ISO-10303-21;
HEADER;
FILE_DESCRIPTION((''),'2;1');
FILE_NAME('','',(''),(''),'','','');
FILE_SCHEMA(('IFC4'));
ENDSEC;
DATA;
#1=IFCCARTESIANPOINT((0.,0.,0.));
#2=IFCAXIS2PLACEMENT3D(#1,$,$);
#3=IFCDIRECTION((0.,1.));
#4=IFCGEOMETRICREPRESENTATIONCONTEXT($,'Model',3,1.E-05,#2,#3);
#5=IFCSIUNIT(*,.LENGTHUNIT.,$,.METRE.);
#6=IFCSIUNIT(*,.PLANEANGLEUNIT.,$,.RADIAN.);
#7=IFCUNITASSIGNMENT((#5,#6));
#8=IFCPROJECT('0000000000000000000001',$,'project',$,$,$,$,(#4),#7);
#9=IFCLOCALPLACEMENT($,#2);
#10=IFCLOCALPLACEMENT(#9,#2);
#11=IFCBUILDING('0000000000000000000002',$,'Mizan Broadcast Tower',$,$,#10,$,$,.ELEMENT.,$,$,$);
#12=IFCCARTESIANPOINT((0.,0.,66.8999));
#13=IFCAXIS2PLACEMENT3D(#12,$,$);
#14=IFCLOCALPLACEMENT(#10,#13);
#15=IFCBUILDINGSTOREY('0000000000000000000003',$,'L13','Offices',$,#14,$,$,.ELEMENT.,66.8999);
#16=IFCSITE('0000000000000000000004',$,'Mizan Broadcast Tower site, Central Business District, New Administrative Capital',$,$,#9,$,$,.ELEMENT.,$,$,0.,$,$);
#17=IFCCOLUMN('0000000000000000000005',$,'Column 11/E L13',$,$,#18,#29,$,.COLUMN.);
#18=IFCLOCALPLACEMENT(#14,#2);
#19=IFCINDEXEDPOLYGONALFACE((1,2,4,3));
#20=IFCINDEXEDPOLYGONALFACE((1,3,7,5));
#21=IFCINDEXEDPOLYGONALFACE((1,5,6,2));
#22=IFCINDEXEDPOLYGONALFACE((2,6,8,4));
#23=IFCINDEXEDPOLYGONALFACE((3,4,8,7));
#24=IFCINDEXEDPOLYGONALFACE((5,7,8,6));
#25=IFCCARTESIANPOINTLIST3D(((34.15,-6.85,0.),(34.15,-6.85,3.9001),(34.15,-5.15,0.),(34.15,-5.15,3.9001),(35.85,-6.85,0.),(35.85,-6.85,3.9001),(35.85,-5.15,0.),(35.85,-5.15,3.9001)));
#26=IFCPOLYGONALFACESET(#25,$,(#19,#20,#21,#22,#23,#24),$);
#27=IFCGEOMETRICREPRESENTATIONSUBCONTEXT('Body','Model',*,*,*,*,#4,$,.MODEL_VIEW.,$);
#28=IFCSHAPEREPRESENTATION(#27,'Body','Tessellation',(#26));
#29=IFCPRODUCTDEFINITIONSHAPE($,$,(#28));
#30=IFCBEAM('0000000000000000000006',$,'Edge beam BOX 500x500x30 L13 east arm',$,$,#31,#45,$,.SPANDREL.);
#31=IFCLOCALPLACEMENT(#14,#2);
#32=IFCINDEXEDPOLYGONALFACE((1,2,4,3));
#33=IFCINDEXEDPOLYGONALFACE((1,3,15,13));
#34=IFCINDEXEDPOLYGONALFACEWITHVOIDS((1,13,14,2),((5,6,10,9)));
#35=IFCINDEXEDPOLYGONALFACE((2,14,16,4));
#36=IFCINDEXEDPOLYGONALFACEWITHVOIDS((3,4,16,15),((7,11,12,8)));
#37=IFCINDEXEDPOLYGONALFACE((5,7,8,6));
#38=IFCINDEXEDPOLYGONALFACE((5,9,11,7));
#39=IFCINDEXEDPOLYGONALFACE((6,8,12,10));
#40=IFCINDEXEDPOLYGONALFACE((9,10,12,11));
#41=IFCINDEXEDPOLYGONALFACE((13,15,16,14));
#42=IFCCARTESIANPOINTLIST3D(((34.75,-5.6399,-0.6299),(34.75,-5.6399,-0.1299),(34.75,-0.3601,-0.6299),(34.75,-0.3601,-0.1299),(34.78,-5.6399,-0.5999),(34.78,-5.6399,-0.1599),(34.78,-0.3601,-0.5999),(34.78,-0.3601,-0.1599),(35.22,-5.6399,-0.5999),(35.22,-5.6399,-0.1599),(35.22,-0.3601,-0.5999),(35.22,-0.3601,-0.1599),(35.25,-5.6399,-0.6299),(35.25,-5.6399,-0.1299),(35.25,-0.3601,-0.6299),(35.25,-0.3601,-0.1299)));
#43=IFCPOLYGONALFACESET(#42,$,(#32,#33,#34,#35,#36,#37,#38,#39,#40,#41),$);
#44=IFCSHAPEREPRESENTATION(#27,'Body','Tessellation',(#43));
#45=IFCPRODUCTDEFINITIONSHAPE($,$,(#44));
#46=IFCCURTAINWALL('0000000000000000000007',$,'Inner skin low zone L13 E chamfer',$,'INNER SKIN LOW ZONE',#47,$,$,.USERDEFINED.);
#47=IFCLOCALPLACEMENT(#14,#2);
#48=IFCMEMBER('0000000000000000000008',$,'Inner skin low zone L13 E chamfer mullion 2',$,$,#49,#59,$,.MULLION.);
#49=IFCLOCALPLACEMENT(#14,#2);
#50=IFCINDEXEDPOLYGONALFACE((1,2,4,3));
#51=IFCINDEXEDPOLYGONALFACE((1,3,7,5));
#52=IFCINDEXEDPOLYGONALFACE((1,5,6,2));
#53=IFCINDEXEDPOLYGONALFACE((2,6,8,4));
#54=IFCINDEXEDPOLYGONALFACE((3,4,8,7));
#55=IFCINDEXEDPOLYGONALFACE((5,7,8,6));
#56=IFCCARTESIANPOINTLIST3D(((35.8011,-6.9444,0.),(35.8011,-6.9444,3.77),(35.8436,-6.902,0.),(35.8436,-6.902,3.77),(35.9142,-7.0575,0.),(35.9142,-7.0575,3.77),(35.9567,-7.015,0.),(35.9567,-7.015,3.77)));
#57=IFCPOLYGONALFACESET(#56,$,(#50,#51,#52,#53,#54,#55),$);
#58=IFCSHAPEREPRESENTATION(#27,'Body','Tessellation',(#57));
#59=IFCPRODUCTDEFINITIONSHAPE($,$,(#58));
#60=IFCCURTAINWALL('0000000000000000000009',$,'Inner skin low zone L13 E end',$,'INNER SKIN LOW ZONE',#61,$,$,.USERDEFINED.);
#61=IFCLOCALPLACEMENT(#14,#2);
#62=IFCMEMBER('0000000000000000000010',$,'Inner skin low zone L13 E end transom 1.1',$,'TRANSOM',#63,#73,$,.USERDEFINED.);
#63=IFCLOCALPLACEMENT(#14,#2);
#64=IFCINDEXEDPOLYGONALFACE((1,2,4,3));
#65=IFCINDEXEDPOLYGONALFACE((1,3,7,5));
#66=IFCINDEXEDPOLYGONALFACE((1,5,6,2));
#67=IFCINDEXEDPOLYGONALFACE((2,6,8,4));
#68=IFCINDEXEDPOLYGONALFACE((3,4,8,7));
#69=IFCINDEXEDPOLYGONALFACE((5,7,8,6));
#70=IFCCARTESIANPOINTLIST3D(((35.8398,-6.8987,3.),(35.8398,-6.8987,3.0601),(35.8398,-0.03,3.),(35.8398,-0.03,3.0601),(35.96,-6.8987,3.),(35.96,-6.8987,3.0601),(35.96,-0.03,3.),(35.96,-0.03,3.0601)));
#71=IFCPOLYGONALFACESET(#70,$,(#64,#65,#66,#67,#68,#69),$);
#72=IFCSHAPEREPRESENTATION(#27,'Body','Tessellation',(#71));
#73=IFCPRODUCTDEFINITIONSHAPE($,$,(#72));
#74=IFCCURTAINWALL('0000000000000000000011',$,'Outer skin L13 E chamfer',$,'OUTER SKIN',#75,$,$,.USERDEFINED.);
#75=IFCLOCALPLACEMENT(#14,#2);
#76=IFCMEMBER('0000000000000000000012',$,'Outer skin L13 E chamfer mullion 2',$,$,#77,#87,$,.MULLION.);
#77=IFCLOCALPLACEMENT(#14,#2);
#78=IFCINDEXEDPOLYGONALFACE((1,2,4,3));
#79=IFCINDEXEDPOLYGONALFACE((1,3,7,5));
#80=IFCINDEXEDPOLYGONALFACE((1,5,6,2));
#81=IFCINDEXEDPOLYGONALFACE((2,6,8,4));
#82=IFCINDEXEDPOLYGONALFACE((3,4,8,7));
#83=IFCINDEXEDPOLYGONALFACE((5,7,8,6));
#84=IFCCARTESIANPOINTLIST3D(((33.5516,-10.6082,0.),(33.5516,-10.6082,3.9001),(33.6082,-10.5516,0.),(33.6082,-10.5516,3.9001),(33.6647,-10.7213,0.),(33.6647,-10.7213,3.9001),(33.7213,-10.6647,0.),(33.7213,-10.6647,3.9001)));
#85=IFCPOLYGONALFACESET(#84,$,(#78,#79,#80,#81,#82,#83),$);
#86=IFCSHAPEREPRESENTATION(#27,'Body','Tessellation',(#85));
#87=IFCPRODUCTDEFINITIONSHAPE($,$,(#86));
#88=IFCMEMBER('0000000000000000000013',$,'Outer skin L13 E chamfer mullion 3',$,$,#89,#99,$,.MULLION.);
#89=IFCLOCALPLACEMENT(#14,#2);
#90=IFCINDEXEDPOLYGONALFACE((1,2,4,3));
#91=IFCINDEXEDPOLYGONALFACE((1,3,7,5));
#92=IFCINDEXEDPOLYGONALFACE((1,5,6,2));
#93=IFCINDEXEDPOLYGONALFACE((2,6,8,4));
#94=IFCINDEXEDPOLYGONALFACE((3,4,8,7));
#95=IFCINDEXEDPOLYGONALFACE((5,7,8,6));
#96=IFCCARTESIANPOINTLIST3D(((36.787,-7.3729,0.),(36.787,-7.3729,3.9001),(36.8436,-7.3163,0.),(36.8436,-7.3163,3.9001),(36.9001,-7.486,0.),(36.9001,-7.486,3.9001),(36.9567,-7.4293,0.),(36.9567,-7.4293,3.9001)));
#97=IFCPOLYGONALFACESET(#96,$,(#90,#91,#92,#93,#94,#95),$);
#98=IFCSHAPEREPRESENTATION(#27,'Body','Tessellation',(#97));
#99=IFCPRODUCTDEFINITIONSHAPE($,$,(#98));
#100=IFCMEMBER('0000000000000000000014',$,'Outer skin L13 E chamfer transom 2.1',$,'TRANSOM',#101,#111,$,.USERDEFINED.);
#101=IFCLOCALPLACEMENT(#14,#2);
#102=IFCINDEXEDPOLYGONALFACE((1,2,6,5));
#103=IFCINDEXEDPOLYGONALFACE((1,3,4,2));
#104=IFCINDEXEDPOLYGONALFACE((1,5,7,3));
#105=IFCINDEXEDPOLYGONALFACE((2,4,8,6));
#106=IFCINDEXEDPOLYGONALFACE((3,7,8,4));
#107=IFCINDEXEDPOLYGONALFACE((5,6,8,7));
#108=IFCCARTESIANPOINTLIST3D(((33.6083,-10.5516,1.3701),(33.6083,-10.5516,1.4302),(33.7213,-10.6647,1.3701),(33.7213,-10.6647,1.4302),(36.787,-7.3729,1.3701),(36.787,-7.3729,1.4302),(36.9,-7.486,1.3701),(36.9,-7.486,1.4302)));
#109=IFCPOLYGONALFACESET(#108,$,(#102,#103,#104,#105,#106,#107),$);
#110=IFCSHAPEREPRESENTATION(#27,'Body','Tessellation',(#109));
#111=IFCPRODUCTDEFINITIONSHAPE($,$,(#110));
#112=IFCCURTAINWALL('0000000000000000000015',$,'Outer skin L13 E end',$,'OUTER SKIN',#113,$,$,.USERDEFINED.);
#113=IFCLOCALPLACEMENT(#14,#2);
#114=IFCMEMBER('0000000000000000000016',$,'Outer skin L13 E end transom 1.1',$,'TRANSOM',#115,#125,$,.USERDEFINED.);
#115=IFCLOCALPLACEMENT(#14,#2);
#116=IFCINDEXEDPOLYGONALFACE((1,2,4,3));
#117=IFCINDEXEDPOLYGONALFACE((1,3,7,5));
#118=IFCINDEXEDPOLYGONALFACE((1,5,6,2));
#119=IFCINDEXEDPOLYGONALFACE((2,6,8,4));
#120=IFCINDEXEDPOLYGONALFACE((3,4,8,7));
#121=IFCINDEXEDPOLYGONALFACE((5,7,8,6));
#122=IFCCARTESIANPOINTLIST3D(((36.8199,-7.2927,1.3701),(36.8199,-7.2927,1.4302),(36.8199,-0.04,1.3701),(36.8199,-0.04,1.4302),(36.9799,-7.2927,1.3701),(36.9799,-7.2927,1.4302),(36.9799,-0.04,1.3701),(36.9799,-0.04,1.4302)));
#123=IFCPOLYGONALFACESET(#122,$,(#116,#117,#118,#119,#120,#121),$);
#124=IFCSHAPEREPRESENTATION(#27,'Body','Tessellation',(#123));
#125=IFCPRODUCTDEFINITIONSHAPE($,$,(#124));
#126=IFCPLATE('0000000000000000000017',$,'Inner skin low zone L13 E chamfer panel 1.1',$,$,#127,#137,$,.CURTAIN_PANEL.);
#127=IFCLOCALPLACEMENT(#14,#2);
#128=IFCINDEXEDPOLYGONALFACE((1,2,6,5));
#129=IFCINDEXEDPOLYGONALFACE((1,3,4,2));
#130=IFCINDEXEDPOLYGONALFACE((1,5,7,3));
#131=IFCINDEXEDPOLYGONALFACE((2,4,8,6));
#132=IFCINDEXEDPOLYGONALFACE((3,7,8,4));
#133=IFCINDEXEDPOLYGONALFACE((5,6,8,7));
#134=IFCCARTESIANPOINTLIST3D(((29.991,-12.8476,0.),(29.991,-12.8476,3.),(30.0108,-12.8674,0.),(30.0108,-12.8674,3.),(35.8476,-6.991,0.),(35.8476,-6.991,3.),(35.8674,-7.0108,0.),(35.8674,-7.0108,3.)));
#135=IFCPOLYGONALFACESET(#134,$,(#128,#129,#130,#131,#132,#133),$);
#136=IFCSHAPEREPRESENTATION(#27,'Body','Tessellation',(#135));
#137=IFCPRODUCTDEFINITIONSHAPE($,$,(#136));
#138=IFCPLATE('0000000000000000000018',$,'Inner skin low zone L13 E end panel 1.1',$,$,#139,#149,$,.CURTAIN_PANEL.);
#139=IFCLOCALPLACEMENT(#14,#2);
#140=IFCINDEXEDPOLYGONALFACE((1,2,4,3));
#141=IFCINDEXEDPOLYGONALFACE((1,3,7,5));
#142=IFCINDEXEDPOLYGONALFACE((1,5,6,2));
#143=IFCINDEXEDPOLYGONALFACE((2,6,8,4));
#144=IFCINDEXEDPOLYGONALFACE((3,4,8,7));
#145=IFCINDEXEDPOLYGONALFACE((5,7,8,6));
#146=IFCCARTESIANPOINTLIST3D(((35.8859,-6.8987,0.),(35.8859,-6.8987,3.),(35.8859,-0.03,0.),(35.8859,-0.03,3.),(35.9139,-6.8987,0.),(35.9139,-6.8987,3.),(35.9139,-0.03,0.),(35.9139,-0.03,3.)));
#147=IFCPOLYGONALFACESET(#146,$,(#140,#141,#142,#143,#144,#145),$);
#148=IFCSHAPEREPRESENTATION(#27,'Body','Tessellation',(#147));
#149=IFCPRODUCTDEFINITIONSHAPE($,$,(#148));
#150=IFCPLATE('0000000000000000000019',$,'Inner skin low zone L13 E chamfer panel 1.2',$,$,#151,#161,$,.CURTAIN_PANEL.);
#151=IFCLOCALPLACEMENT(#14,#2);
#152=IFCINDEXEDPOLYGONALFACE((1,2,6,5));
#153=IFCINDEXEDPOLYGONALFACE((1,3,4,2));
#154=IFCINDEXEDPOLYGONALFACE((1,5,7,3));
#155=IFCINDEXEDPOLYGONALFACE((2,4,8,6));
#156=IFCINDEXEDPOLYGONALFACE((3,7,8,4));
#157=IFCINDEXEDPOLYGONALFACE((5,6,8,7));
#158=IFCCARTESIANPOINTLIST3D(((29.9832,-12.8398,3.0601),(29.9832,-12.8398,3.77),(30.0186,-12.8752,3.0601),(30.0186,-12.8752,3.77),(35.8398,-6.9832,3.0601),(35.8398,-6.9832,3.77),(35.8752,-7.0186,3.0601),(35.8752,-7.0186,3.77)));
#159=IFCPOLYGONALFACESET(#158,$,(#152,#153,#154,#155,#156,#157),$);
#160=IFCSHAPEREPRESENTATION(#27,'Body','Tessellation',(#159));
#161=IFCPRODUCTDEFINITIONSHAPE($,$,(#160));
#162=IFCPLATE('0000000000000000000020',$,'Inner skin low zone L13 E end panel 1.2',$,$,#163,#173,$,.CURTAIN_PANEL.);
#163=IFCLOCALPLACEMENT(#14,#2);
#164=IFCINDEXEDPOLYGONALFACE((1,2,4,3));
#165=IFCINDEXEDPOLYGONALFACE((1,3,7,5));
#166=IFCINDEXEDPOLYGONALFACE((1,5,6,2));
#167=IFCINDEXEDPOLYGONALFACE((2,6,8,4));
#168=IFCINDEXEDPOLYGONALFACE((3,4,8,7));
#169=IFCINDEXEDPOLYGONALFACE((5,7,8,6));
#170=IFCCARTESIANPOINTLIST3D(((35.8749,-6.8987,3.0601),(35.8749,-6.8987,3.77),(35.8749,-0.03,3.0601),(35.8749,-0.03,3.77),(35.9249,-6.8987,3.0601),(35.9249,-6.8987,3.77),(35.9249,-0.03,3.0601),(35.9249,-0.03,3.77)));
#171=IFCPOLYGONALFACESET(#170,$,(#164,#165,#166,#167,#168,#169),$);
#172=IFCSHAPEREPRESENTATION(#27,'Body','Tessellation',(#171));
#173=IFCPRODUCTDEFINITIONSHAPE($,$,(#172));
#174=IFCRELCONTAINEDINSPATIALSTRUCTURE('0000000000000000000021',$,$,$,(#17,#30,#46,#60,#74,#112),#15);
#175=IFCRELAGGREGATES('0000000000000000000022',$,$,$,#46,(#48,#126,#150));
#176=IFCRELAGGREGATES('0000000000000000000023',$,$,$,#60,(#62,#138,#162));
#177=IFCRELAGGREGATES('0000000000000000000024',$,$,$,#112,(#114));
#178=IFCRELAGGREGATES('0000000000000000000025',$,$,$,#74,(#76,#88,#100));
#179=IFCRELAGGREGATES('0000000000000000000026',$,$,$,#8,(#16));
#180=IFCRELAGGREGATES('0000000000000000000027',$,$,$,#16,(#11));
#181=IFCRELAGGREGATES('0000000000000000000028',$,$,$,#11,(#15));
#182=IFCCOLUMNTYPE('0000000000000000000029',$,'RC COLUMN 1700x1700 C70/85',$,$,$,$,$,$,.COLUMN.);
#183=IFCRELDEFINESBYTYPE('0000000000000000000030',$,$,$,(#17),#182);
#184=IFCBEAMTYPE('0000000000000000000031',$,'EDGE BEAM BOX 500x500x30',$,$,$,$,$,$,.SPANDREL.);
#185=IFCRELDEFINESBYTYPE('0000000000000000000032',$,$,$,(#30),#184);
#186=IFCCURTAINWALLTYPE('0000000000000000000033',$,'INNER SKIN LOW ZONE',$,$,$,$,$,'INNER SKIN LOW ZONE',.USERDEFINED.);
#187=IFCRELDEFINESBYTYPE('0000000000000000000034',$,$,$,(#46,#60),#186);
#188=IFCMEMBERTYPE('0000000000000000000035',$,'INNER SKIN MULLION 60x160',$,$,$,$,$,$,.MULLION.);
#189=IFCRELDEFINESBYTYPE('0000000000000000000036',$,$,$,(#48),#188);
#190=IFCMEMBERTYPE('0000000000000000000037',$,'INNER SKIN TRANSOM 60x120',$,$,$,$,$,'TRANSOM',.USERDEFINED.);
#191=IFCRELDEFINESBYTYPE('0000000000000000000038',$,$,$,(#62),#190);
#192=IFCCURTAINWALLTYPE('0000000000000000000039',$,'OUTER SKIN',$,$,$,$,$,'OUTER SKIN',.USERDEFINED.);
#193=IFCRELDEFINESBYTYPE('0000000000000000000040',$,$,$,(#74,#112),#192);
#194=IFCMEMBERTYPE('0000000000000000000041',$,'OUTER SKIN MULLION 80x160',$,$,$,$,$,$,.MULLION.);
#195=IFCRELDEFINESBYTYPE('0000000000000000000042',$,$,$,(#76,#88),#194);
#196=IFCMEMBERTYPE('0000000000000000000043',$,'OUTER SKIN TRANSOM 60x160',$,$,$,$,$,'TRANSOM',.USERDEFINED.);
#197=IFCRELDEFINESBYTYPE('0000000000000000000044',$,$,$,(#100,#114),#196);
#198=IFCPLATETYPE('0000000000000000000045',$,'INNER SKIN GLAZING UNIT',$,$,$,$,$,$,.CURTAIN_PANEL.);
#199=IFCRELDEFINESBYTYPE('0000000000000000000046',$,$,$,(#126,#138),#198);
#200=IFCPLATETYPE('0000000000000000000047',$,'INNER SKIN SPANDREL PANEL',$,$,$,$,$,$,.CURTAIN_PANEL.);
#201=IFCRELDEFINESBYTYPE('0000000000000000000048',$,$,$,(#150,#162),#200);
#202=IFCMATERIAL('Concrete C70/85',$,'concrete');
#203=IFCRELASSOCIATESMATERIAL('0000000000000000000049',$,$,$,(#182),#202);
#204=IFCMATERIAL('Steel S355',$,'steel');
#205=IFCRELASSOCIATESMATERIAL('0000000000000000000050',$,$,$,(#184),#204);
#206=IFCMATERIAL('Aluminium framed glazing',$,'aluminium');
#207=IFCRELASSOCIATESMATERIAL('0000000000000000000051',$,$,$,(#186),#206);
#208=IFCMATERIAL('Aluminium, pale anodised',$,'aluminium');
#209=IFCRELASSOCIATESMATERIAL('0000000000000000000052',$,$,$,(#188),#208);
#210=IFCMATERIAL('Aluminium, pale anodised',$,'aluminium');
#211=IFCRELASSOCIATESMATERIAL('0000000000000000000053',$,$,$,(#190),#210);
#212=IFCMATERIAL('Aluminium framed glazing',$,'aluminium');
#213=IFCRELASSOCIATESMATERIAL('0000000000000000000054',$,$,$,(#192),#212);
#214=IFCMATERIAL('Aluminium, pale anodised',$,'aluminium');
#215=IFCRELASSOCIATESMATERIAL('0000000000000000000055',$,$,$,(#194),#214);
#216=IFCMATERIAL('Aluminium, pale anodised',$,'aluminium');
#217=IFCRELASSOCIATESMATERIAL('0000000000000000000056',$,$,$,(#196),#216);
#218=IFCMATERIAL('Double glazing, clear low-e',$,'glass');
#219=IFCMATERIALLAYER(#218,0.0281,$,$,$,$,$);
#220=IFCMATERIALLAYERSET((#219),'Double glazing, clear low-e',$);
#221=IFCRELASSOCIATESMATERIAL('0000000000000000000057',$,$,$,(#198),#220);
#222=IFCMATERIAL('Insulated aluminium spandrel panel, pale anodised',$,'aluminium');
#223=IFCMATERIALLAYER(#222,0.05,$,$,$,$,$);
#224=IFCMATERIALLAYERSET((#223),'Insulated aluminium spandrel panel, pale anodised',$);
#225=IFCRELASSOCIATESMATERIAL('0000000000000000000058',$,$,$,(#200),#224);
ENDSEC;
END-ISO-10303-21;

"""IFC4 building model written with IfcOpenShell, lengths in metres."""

from ifc_helpers import new_model, si_unit, direction, frame, origin, origin_2d, place, context, subcontext, project, spatial, rectangle, hollow_rectangle, extrude, material, layer, layer_set, material_profile, profile_set, type_object, element, aggregate, save


model = new_model("IFC4")

# Units and contexts
model_context = context("Model", 3, precision=1e-05, world=origin(), true_north=direction((0.0, 1.0)))
body_context = subcontext(model_context, "Body", "Model", "MODEL_VIEW")
ifc_project = project(units=[si_unit("LENGTHUNIT", "METRE"), si_unit("PLANEANGLEUNIT", "RADIAN")], contexts=[model_context])

# Site, building, storey
site_placement = place(None, origin())
site = spatial("IfcSite", under=ifc_project, at=site_placement, Name="Mizan Broadcast Tower site, Central Business District, New Administrative Capital", CompositionType="ELEMENT", RefElevation=0.0)
building_placement = place(site_placement, origin())
building = spatial("IfcBuilding", under=site, at=building_placement, Name="Mizan Broadcast Tower", CompositionType="ELEMENT")
storey_placement = place(building_placement, frame((0.0, 0.0, 66.8999)))
storey = spatial("IfcBuildingStorey", under=building, at=storey_placement, Name="L13", Description="Offices", CompositionType="ELEMENT", Elevation=66.8999)

# Column
ifc_material_1 = material(Name="Concrete C70/85", Category="concrete")
ifc_material_profile_1 = material_profile(ifc_material_1, rectangle(XDim=1.7, YDim=1.7, at=origin_2d()), Name="RC 1700x1700")
ifc_profile_set_1 = profile_set([ifc_material_profile_1], Name="Concrete C70/85")
column_type = type_object("IfcColumnType", Name="RC COLUMN 1700x1700 C70/85", PredefinedType="COLUMN", material=ifc_profile_set_1)
column_placement = place(storey_placement, frame((35.0, -6.0, 0.0), z_axis=(0.0, 0.0, 1.0), x_axis=(1.0, 0.0, 0.0)))
element("IfcColumn", 1, at=column_placement, inside=storey, type_object=column_type, Name="Column 11/E L13", PredefinedType="COLUMN", context=body_context, shape_type="SweptSolid", body=[
    extrude(rectangle(XDim=1.7, YDim=1.7, at=origin_2d()), origin(), (0.0, 0.0, 1.0), 3.9001),
])

# Beam
ifc_material_2 = material(Name="Steel S355", Category="steel")
ifc_material_profile_2 = material_profile(ifc_material_2, hollow_rectangle(XDim=0.5, YDim=0.5, WallThickness=0.03, at=origin_2d()), Name="BOX 500x500x30")
ifc_profile_set_2 = profile_set([ifc_material_profile_2], Name="Steel S355")
beam_type = type_object("IfcBeamType", Name="EDGE BEAM BOX 500x500x30", PredefinedType="SPANDREL", material=ifc_profile_set_2)
beam_placement = place(storey_placement, frame((35.0, -5.6399, -0.3799), z_axis=(0.0, 1.0, 0.0), x_axis=(-1.0, 0.0, 0.0)))
element("IfcBeam", 2, at=beam_placement, inside=storey, type_object=beam_type, Name="Edge beam BOX 500x500x30 L13 east arm", PredefinedType="SPANDREL", context=body_context, shape_type="SweptSolid", body=[
    extrude(hollow_rectangle(XDim=0.5, YDim=0.5, WallThickness=0.03, at=origin_2d()), origin(), (0.0, 0.0, 1.0), 5.2798),
])

# Curtain walls, members
ifc_material_3 = material(Name="Aluminium framed glazing", Category="aluminium")
curtain_wall_type_1 = type_object("IfcCurtainWallType", Name="INNER SKIN LOW ZONE", ElementType="INNER SKIN LOW ZONE", PredefinedType="USERDEFINED", material=ifc_material_3)
curtain_wall_1_placement = place(storey_placement, origin())
curtain_wall_1 = element("IfcCurtainWall", 3, at=curtain_wall_1_placement, inside=storey, type_object=curtain_wall_type_1, Name="Inner skin low zone L13 E chamfer", ObjectType="INNER SKIN LOW ZONE", PredefinedType="USERDEFINED")
ifc_material_4 = material(Name="Aluminium, pale anodised", Category="aluminium")
ifc_material_profile_3 = material_profile(ifc_material_4, rectangle(XDim=0.1599, YDim=0.0601, at=origin_2d()), Name="MULLION 160x60")
ifc_profile_set_3 = profile_set([ifc_material_profile_3], Name="Aluminium, pale anodised")
member_type_1 = type_object("IfcMemberType", Name="INNER SKIN MULLION 60x160", PredefinedType="MULLION", material=ifc_profile_set_3)
member_1_placement = place(storey_placement, frame((35.8789, -6.9797, 0.0), z_axis=(0.0, 0.0, 1.0), x_axis=(-0.707107, 0.707107, 0.0)))
member_1 = element("IfcMember", 4, at=member_1_placement, type_object=member_type_1, Name="Inner skin low zone L13 E chamfer mullion 2", PredefinedType="MULLION", context=body_context, shape_type="SweptSolid", body=[
    extrude(rectangle(XDim=0.1599, YDim=0.0601, at=origin_2d()), origin(), (0.0, 0.0, 1.0), 3.77),
])
curtain_wall_2_placement = place(storey_placement, origin())
curtain_wall_2 = element("IfcCurtainWall", 5, at=curtain_wall_2_placement, inside=storey, type_object=curtain_wall_type_1, Name="Inner skin low zone L13 E end", ObjectType="INNER SKIN LOW ZONE", PredefinedType="USERDEFINED")
ifc_material_5 = material(Name="Aluminium, pale anodised", Category="aluminium")
ifc_material_profile_4 = material_profile(ifc_material_5, rectangle(XDim=0.1201, YDim=0.0601, at=origin_2d()), Name="TRANSOM 120x60")
ifc_profile_set_4 = profile_set([ifc_material_profile_4], Name="Aluminium, pale anodised")
member_type_2 = type_object("IfcMemberType", Name="INNER SKIN TRANSOM 60x120", ElementType="TRANSOM", PredefinedType="USERDEFINED", material=ifc_profile_set_4)
member_2_placement = place(storey_placement, frame((35.8999, -6.8987, 3.03), z_axis=(0.0, 1.0, 0.0), x_axis=(-1.0, 0.0, 0.0)))
member_2 = element("IfcMember", 6, at=member_2_placement, type_object=member_type_2, Name="Inner skin low zone L13 E end transom 1.1", ObjectType="TRANSOM", PredefinedType="USERDEFINED", context=body_context, shape_type="SweptSolid", body=[
    extrude(rectangle(XDim=0.1201, YDim=0.0601, at=origin_2d()), origin(), (0.0, 0.0, 1.0), 6.8687),
])

# Curtain wall, members
ifc_material_6 = material(Name="Aluminium framed glazing", Category="aluminium")
curtain_wall_type_2 = type_object("IfcCurtainWallType", Name="OUTER SKIN", ElementType="OUTER SKIN", PredefinedType="USERDEFINED", material=ifc_material_6)
curtain_wall_3_placement = place(storey_placement, origin())
curtain_wall_3 = element("IfcCurtainWall", 7, at=curtain_wall_3_placement, inside=storey, type_object=curtain_wall_type_2, Name="Outer skin L13 E chamfer", ObjectType="OUTER SKIN", PredefinedType="USERDEFINED")
ifc_material_7 = material(Name="Aluminium, pale anodised", Category="aluminium")
ifc_material_profile_5 = material_profile(ifc_material_7, rectangle(XDim=0.1599, YDim=0.0801, at=origin_2d()), Name="MULLION 160x80")
ifc_profile_set_5 = profile_set([ifc_material_profile_5], Name="Aluminium, pale anodised")
member_type_3 = type_object("IfcMemberType", Name="OUTER SKIN MULLION 80x160", PredefinedType="MULLION", material=ifc_profile_set_5)
member_3_placement = place(storey_placement, frame((33.6365, -10.6365, 0.0), z_axis=(0.0, 0.0, 1.0), x_axis=(-0.707107, 0.707107, 0.0)))
member_3 = element("IfcMember", 8, at=member_3_placement, type_object=member_type_3, Name="Outer skin L13 E chamfer mullion 2", PredefinedType="MULLION", context=body_context, shape_type="SweptSolid", body=[
    extrude(rectangle(XDim=0.1599, YDim=0.0801, at=origin_2d()), origin(), (0.0, 0.0, 1.0), 3.9001),
])
member_4_placement = place(storey_placement, frame((36.8718, -7.4011, 0.0), z_axis=(0.0, 0.0, 1.0), x_axis=(-0.707107, 0.707107, 0.0)))
member_4 = element("IfcMember", 9, at=member_4_placement, type_object=member_type_3, Name="Outer skin L13 E chamfer mullion 3", PredefinedType="MULLION", context=body_context, shape_type="SweptSolid", body=[
    extrude(rectangle(XDim=0.1599, YDim=0.0801, at=origin_2d()), origin(), (0.0, 0.0, 1.0), 3.9001),
])
ifc_material_8 = material(Name="Aluminium, pale anodised", Category="aluminium")
ifc_material_profile_6 = material_profile(ifc_material_8, rectangle(XDim=0.1599, YDim=0.0601, at=origin_2d()), Name="TRANSOM 160x60")
ifc_profile_set_6 = profile_set([ifc_material_profile_6], Name="Aluminium, pale anodised")
member_type_4 = type_object("IfcMemberType", Name="OUTER SKIN TRANSOM 60x160", ElementType="TRANSOM", PredefinedType="USERDEFINED", material=ifc_profile_set_6)
member_5_placement = place(storey_placement, frame((33.6648, -10.6082, 1.4001), z_axis=(0.707107, 0.707107, 0.0), x_axis=(-0.707107, 0.707107, 0.0)))
member_5 = element("IfcMember", 10, at=member_5_placement, type_object=member_type_4, Name="Outer skin L13 E chamfer transom 2.1", ObjectType="TRANSOM", PredefinedType="USERDEFINED", context=body_context, shape_type="SweptSolid", body=[
    extrude(rectangle(XDim=0.1599, YDim=0.0601, at=origin_2d()), origin(), (0.0, 0.0, 1.0), 4.4954),
])

# Curtain wall, member
curtain_wall_4_placement = place(storey_placement, origin())
curtain_wall_4 = element("IfcCurtainWall", 11, at=curtain_wall_4_placement, inside=storey, type_object=curtain_wall_type_2, Name="Outer skin L13 E end", ObjectType="OUTER SKIN", PredefinedType="USERDEFINED")
member_6_placement = place(storey_placement, frame((36.8999, -7.2927, 1.4001), z_axis=(0.0, 1.0, 0.0), x_axis=(-1.0, 0.0, 0.0)))
member_6 = element("IfcMember", 12, at=member_6_placement, type_object=member_type_4, Name="Outer skin L13 E end transom 1.1", ObjectType="TRANSOM", PredefinedType="USERDEFINED", context=body_context, shape_type="SweptSolid", body=[
    extrude(rectangle(XDim=0.1599, YDim=0.0601, at=origin_2d()), origin(), (0.0, 0.0, 1.0), 7.2527),
])

# Plates
ifc_material_9 = material(Name="Double glazing, clear low-e", Category="glass")
ifc_layer_1 = layer(ifc_material_9, 0.0281)
ifc_layer_set_1 = layer_set([ifc_layer_1], Name="Double glazing, clear low-e")
plate_type_1 = type_object("IfcPlateType", Name="INNER SKIN GLAZING UNIT", PredefinedType="CURTAIN_PANEL", material=ifc_layer_set_1)
plate_1_placement = place(storey_placement, frame((32.9292, -9.9292, 0.0), z_axis=(0.0, 0.0, 1.0), x_axis=(0.707107, 0.707107, 0.0)))
plate_1 = element("IfcPlate", 13, at=plate_1_placement, type_object=plate_type_1, Name="Inner skin low zone L13 E chamfer panel 1.1", PredefinedType="CURTAIN_PANEL", context=body_context, shape_type="SweptSolid", body=[
    extrude(rectangle(XDim=8.2825, YDim=0.0281, at=origin_2d()), origin(), (0.0, 0.0, 1.0), 3.0),
])
plate_2_placement = place(storey_placement, frame((35.8999, -3.4644, 0.0), z_axis=(0.0, 0.0, 1.0), x_axis=(0.0, 1.0, 0.0)))
plate_2 = element("IfcPlate", 14, at=plate_2_placement, type_object=plate_type_1, Name="Inner skin low zone L13 E end panel 1.1", PredefinedType="CURTAIN_PANEL", context=body_context, shape_type="SweptSolid", body=[
    extrude(rectangle(XDim=6.8687, YDim=0.0281, at=origin_2d()), origin(), (0.0, 0.0, 1.0), 3.0),
])
ifc_material_10 = material(Name="Insulated aluminium spandrel panel, pale anodised", Category="aluminium")
ifc_layer_2 = layer(ifc_material_10, 0.05)
ifc_layer_set_2 = layer_set([ifc_layer_2], Name="Insulated aluminium spandrel panel, pale anodised")
plate_type_2 = type_object("IfcPlateType", Name="INNER SKIN SPANDREL PANEL", PredefinedType="CURTAIN_PANEL", material=ifc_layer_set_2)
plate_3_placement = place(storey_placement, frame((32.9292, -9.9292, 3.0601), z_axis=(0.0, 0.0, 1.0), x_axis=(0.707107, 0.707107, 0.0)))
plate_3 = element("IfcPlate", 15, at=plate_3_placement, type_object=plate_type_2, Name="Inner skin low zone L13 E chamfer panel 1.2", PredefinedType="CURTAIN_PANEL", context=body_context, shape_type="SweptSolid", body=[
    extrude(rectangle(XDim=8.2825, YDim=0.05, at=origin_2d()), origin(), (0.0, 0.0, 1.0), 0.71),
])
aggregate(curtain_wall_1, [member_1, plate_1, plate_3])
plate_4_placement = place(storey_placement, frame((35.8999, -3.4644, 3.0601), z_axis=(0.0, 0.0, 1.0), x_axis=(0.0, 1.0, 0.0)))
plate_4 = element("IfcPlate", 16, at=plate_4_placement, type_object=plate_type_2, Name="Inner skin low zone L13 E end panel 1.2", PredefinedType="CURTAIN_PANEL", context=body_context, shape_type="SweptSolid", body=[
    extrude(rectangle(XDim=6.8687, YDim=0.05, at=origin_2d()), origin(), (0.0, 0.0, 1.0), 0.71),
])
aggregate(curtain_wall_2, [member_2, plate_2, plate_4])
aggregate(curtain_wall_4, [member_6])
aggregate(curtain_wall_3, [member_3, member_4, member_5])

save(model, "model.ifc")
